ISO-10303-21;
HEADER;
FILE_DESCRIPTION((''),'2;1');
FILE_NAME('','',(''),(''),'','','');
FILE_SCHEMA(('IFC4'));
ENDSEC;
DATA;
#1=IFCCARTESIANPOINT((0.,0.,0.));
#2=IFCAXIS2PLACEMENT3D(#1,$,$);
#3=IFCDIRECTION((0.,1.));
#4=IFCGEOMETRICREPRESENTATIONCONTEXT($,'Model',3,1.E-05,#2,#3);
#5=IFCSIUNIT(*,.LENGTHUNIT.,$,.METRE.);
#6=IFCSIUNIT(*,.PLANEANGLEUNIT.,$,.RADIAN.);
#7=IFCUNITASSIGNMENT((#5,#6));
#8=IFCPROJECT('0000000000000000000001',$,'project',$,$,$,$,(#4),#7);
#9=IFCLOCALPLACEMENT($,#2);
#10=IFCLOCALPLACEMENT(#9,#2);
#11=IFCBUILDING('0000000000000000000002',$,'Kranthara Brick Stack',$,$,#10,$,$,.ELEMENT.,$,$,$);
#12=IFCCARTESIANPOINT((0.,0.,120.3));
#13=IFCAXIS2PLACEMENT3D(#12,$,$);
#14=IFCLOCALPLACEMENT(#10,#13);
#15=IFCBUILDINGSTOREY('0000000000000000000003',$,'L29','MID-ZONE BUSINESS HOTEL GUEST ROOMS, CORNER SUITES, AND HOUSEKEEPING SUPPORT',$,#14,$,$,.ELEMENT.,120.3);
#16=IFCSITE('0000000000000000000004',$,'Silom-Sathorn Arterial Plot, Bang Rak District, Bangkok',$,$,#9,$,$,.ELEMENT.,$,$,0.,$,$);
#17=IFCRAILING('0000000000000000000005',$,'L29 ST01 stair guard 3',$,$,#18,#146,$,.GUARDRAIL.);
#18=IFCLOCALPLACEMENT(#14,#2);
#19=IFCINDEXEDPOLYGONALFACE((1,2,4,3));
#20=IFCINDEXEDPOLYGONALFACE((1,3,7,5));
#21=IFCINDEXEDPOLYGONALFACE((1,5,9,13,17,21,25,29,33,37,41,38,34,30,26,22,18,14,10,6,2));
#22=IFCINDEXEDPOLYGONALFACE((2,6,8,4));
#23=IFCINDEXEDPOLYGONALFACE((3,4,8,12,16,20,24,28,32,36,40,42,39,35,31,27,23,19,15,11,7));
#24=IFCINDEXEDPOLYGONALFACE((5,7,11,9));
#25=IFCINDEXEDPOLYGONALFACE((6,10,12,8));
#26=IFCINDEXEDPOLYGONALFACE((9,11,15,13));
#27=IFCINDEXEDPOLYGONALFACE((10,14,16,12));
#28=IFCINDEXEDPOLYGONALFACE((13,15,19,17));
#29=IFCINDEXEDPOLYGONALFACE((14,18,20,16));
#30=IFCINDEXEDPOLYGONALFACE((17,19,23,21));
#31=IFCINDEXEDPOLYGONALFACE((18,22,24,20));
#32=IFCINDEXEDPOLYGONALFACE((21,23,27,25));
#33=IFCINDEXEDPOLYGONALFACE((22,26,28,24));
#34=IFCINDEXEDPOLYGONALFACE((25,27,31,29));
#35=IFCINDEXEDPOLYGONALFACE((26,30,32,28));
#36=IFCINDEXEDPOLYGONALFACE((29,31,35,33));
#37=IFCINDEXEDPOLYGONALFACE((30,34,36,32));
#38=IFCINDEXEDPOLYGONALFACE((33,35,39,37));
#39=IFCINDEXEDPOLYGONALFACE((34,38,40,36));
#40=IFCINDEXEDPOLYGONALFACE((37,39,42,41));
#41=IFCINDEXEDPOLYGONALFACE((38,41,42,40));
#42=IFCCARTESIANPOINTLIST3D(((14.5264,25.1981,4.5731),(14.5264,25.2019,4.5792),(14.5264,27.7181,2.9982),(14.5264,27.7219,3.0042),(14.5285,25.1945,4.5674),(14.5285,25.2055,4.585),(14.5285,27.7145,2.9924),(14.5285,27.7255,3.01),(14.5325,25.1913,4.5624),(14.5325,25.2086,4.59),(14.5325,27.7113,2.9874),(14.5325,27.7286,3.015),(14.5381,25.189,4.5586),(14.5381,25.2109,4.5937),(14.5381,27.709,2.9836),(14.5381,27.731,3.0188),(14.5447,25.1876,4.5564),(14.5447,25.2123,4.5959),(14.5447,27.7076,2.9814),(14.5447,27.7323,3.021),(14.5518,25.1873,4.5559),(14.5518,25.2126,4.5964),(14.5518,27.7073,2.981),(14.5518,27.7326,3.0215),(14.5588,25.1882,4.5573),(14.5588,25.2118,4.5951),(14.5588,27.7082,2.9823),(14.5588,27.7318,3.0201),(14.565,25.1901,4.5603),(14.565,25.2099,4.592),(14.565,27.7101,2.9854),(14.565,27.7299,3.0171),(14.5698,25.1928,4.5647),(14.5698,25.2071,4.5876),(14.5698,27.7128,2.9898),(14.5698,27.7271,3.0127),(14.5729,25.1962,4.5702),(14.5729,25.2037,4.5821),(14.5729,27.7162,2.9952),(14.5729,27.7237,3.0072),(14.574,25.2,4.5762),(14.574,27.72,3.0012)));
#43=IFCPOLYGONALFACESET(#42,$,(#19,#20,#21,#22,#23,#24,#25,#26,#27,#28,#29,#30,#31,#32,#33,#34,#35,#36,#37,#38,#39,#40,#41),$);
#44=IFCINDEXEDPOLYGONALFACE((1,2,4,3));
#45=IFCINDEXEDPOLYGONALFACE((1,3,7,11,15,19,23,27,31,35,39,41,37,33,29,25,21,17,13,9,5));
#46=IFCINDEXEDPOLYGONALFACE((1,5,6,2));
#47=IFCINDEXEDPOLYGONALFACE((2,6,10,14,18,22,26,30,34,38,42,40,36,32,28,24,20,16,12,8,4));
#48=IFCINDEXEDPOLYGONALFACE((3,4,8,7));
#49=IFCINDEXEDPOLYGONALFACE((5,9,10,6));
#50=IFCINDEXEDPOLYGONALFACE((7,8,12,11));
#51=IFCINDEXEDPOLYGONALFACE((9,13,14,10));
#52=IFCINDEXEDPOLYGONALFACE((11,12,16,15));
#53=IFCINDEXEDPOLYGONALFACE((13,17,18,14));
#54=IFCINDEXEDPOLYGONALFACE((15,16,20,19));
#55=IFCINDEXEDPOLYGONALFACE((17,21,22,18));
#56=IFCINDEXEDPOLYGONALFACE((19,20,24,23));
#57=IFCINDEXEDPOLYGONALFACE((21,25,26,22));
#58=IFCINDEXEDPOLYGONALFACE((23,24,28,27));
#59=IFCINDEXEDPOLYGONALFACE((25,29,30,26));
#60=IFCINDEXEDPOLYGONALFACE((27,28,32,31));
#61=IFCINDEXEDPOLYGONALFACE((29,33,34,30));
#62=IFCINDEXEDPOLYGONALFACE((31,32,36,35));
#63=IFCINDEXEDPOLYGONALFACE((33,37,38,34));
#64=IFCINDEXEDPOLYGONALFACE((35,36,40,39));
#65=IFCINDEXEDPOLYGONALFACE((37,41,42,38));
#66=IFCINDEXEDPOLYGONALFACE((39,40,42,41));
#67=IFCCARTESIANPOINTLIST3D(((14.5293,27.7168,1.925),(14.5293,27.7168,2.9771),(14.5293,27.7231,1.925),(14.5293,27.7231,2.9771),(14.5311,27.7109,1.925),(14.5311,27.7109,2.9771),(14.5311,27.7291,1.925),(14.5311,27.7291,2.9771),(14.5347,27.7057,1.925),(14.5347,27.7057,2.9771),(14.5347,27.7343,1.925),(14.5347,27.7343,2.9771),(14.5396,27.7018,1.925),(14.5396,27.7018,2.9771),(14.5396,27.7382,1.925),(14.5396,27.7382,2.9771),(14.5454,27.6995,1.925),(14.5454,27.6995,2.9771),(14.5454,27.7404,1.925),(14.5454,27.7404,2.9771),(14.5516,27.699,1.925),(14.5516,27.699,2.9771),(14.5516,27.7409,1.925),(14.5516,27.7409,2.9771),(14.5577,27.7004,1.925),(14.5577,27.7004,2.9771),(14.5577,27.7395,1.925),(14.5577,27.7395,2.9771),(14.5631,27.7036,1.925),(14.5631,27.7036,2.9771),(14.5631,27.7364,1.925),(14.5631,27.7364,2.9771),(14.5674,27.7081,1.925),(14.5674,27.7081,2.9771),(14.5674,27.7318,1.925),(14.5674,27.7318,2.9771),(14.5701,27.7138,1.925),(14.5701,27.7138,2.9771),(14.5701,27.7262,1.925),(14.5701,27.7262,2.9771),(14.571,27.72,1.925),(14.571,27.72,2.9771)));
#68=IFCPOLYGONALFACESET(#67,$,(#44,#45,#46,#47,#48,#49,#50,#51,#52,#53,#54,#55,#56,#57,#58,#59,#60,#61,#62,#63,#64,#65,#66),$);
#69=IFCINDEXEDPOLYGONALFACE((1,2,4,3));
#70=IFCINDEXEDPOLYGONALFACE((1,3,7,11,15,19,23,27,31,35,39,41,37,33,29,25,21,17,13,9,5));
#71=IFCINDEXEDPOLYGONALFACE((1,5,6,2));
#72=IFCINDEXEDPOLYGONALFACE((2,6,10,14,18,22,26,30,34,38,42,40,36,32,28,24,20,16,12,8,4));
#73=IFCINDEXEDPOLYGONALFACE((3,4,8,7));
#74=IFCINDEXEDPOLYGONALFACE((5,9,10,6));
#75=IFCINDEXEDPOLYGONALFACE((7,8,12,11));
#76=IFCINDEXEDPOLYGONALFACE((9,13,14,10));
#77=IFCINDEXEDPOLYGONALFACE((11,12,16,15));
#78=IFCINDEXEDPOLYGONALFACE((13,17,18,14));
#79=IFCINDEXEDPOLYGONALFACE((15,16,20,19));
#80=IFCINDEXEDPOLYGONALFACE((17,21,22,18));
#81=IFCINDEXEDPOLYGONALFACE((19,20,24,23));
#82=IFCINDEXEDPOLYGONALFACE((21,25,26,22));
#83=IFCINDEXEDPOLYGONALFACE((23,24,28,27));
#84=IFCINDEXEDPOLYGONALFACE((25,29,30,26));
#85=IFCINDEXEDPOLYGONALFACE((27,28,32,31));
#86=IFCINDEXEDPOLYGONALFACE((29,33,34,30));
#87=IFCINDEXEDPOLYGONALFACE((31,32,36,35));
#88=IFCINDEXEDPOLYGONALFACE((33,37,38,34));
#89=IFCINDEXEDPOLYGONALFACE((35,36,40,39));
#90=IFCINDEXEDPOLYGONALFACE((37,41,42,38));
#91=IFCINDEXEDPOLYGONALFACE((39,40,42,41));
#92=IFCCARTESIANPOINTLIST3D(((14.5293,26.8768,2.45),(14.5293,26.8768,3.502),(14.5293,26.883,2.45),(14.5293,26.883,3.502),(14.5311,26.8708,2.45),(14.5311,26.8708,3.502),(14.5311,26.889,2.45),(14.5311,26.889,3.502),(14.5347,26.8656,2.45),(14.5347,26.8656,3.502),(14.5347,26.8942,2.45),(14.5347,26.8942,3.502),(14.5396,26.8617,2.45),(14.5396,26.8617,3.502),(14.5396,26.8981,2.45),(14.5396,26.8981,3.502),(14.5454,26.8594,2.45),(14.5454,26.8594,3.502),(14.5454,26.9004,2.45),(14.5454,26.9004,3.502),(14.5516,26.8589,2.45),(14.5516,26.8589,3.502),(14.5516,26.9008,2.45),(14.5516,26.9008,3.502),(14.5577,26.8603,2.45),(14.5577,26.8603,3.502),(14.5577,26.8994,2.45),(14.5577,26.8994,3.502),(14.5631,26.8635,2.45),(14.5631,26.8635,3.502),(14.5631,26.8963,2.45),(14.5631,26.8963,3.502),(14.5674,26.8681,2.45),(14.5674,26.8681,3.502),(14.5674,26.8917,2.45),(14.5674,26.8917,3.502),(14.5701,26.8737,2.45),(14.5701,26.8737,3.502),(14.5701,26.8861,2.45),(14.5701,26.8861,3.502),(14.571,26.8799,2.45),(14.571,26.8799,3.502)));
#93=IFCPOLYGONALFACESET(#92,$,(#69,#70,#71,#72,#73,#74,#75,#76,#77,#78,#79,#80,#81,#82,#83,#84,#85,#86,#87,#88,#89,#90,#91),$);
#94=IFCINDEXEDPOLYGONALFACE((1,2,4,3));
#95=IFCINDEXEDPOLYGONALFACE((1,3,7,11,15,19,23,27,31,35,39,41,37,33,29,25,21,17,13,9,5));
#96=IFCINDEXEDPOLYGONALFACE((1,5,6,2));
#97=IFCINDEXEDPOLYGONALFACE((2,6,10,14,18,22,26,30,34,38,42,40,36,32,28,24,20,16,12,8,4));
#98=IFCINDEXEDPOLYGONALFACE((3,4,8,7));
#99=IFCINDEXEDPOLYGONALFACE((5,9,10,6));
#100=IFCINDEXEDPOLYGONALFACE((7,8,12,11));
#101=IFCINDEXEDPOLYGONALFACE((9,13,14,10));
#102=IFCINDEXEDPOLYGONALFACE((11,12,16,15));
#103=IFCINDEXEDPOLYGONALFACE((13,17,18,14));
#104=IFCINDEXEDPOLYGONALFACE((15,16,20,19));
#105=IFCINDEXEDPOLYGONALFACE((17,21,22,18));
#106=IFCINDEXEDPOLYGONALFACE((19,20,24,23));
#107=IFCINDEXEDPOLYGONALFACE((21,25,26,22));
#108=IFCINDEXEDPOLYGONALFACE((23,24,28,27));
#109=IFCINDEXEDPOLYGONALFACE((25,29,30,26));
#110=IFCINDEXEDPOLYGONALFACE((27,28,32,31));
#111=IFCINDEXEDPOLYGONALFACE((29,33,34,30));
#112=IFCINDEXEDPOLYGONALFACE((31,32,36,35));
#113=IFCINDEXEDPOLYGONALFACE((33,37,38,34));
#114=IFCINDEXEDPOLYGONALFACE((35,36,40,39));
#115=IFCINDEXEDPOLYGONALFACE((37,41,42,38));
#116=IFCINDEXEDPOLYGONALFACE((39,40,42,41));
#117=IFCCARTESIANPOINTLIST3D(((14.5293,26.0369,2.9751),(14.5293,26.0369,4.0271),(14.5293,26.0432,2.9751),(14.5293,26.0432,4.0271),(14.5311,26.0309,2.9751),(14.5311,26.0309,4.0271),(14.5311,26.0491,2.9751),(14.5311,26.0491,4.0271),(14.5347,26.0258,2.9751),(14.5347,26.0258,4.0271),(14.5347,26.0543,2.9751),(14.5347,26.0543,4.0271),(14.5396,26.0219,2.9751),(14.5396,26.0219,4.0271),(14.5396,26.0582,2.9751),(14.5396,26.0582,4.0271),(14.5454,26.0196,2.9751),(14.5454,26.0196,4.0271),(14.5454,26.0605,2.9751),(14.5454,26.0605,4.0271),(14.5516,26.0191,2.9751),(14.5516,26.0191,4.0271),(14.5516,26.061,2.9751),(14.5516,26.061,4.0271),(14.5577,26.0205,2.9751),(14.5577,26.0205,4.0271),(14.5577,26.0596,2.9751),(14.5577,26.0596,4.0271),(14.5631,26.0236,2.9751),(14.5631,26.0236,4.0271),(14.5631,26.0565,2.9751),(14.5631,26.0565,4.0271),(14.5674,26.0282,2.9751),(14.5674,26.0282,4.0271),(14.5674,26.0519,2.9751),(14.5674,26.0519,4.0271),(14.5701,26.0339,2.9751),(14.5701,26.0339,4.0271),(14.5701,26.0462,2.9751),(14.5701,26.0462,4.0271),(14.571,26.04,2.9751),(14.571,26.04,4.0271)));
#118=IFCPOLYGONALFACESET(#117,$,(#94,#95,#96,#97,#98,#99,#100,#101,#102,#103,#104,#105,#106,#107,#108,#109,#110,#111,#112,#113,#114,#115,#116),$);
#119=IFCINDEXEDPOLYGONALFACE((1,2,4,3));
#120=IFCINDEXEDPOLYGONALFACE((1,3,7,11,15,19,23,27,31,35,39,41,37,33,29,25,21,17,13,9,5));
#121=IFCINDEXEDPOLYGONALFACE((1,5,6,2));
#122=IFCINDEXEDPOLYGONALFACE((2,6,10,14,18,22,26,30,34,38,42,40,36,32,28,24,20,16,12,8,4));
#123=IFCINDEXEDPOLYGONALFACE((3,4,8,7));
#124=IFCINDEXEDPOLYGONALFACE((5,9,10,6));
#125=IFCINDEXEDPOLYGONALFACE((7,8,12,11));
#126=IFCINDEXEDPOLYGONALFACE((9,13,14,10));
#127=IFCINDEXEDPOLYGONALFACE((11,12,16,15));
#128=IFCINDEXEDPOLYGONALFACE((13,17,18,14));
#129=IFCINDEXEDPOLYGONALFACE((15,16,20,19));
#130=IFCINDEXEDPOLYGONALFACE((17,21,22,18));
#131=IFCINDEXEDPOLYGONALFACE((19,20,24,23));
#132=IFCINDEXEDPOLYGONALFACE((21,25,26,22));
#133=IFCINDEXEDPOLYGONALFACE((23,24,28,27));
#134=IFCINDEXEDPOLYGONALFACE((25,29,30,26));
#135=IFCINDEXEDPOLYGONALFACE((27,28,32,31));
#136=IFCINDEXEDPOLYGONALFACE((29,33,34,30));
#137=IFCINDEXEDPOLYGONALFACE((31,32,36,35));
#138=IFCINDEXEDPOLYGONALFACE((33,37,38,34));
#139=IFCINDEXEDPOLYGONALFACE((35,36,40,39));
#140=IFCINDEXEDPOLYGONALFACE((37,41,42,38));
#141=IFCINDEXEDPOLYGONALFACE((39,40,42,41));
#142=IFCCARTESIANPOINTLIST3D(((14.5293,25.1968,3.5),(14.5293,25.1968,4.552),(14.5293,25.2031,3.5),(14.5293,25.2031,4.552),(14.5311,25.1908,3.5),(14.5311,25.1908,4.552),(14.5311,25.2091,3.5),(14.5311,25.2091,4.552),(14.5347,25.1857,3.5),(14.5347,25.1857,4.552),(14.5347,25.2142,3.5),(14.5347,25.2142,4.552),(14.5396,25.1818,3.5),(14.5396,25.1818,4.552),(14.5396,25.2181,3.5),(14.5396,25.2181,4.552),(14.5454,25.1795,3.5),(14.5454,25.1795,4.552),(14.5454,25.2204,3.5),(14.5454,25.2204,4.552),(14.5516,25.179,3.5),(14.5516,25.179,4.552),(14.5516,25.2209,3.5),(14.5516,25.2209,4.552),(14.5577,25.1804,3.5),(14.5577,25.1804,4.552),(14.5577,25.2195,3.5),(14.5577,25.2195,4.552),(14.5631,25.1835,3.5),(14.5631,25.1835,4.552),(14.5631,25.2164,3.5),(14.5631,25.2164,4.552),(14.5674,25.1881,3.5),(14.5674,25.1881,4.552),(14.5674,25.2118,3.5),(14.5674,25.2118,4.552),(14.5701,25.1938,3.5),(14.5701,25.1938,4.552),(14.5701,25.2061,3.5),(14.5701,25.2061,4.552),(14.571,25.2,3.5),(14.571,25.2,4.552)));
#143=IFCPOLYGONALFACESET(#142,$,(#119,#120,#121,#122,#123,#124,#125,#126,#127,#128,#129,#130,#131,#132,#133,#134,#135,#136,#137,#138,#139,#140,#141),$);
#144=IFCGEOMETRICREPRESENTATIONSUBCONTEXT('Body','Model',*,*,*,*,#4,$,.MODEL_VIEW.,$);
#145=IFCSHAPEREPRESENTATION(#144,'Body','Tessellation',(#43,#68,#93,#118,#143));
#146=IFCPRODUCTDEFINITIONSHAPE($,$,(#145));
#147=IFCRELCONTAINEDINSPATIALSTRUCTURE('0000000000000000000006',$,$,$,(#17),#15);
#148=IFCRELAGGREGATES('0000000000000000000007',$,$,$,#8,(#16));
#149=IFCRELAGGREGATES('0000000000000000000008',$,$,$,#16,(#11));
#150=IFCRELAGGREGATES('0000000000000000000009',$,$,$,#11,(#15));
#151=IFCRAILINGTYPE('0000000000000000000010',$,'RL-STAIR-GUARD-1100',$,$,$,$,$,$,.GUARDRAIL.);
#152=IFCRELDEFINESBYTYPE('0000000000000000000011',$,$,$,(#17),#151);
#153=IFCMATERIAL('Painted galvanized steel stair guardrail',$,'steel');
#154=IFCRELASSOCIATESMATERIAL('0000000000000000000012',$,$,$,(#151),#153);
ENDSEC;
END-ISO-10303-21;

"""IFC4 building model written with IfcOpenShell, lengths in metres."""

from ifc_helpers import new_model, si_unit, direction, frame, origin, origin_2d, place, context, subcontext, project, spatial, circle, extrude, material, type_object, element, save


model = new_model("IFC4")

# Units and contexts
model_context = context("Model", 3, precision=1e-05, world=origin(), true_north=direction((0.0, 1.0)))
body_context = subcontext(model_context, "Body", "Model", "MODEL_VIEW")
ifc_project = project(units=[si_unit("LENGTHUNIT", "METRE"), si_unit("PLANEANGLEUNIT", "RADIAN")], contexts=[model_context])

# Site, building, storey
site_placement = place(None, origin())
site = spatial("IfcSite", under=ifc_project, at=site_placement, Name="Silom-Sathorn Arterial Plot, Bang Rak District, Bangkok", CompositionType="ELEMENT", RefElevation=0.0)
building_placement = place(site_placement, origin())
building = spatial("IfcBuilding", under=site, at=building_placement, Name="Kranthara Brick Stack", CompositionType="ELEMENT")
storey_placement = place(building_placement, frame((0.0, 0.0, 120.3)))
storey = spatial("IfcBuildingStorey", under=building, at=storey_placement, Name="L29", Description="MID-ZONE BUSINESS HOTEL GUEST ROOMS, CORNER SUITES, AND HOUSEKEEPING SUPPORT", CompositionType="ELEMENT", Elevation=120.3)

# Railing
ifc_material_1 = material(Name="Painted galvanized steel stair guardrail", Category="steel")
railing_type_1 = type_object("IfcRailingType", Name="RL-STAIR-GUARD-1100", PredefinedType="GUARDRAIL", material=ifc_material_1)
railing_1_placement = place(storey_placement, frame((14.55, 27.72, 1.925)))
element("IfcRailing", 1, at=railing_1_placement, inside=storey, type_object=railing_type_1, Name="L29 ST01 stair guard 3", PredefinedType="GUARDRAIL", context=body_context, shape_type="SweptSolid", body=[
    extrude(circle(Radius=0.0239, at=origin_2d()), frame((0.0, 0.0, 1.0762), z_axis=(0.0, -0.848008, 0.529984), x_axis=(1.0, 0.0, 0.0)), (0.0, 0.0, 1.0), 2.9717),
    extrude(circle(Radius=0.021, at=origin_2d()), origin(), (0.0, 0.0, 1.0), 1.052),
    extrude(circle(Radius=0.021, at=origin_2d()), frame((0.0, -0.8401, 0.5249)), (0.0, 0.0, 1.0), 1.052),
    extrude(circle(Radius=0.021, at=origin_2d()), frame((0.0, -1.6799, 1.05)), (0.0, 0.0, 1.0), 1.052),
    extrude(circle(Radius=0.021, at=origin_2d()), frame((0.0, -2.52, 1.575)), (0.0, 0.0, 1.0), 1.052),
])

save(model, "model.ifc")
